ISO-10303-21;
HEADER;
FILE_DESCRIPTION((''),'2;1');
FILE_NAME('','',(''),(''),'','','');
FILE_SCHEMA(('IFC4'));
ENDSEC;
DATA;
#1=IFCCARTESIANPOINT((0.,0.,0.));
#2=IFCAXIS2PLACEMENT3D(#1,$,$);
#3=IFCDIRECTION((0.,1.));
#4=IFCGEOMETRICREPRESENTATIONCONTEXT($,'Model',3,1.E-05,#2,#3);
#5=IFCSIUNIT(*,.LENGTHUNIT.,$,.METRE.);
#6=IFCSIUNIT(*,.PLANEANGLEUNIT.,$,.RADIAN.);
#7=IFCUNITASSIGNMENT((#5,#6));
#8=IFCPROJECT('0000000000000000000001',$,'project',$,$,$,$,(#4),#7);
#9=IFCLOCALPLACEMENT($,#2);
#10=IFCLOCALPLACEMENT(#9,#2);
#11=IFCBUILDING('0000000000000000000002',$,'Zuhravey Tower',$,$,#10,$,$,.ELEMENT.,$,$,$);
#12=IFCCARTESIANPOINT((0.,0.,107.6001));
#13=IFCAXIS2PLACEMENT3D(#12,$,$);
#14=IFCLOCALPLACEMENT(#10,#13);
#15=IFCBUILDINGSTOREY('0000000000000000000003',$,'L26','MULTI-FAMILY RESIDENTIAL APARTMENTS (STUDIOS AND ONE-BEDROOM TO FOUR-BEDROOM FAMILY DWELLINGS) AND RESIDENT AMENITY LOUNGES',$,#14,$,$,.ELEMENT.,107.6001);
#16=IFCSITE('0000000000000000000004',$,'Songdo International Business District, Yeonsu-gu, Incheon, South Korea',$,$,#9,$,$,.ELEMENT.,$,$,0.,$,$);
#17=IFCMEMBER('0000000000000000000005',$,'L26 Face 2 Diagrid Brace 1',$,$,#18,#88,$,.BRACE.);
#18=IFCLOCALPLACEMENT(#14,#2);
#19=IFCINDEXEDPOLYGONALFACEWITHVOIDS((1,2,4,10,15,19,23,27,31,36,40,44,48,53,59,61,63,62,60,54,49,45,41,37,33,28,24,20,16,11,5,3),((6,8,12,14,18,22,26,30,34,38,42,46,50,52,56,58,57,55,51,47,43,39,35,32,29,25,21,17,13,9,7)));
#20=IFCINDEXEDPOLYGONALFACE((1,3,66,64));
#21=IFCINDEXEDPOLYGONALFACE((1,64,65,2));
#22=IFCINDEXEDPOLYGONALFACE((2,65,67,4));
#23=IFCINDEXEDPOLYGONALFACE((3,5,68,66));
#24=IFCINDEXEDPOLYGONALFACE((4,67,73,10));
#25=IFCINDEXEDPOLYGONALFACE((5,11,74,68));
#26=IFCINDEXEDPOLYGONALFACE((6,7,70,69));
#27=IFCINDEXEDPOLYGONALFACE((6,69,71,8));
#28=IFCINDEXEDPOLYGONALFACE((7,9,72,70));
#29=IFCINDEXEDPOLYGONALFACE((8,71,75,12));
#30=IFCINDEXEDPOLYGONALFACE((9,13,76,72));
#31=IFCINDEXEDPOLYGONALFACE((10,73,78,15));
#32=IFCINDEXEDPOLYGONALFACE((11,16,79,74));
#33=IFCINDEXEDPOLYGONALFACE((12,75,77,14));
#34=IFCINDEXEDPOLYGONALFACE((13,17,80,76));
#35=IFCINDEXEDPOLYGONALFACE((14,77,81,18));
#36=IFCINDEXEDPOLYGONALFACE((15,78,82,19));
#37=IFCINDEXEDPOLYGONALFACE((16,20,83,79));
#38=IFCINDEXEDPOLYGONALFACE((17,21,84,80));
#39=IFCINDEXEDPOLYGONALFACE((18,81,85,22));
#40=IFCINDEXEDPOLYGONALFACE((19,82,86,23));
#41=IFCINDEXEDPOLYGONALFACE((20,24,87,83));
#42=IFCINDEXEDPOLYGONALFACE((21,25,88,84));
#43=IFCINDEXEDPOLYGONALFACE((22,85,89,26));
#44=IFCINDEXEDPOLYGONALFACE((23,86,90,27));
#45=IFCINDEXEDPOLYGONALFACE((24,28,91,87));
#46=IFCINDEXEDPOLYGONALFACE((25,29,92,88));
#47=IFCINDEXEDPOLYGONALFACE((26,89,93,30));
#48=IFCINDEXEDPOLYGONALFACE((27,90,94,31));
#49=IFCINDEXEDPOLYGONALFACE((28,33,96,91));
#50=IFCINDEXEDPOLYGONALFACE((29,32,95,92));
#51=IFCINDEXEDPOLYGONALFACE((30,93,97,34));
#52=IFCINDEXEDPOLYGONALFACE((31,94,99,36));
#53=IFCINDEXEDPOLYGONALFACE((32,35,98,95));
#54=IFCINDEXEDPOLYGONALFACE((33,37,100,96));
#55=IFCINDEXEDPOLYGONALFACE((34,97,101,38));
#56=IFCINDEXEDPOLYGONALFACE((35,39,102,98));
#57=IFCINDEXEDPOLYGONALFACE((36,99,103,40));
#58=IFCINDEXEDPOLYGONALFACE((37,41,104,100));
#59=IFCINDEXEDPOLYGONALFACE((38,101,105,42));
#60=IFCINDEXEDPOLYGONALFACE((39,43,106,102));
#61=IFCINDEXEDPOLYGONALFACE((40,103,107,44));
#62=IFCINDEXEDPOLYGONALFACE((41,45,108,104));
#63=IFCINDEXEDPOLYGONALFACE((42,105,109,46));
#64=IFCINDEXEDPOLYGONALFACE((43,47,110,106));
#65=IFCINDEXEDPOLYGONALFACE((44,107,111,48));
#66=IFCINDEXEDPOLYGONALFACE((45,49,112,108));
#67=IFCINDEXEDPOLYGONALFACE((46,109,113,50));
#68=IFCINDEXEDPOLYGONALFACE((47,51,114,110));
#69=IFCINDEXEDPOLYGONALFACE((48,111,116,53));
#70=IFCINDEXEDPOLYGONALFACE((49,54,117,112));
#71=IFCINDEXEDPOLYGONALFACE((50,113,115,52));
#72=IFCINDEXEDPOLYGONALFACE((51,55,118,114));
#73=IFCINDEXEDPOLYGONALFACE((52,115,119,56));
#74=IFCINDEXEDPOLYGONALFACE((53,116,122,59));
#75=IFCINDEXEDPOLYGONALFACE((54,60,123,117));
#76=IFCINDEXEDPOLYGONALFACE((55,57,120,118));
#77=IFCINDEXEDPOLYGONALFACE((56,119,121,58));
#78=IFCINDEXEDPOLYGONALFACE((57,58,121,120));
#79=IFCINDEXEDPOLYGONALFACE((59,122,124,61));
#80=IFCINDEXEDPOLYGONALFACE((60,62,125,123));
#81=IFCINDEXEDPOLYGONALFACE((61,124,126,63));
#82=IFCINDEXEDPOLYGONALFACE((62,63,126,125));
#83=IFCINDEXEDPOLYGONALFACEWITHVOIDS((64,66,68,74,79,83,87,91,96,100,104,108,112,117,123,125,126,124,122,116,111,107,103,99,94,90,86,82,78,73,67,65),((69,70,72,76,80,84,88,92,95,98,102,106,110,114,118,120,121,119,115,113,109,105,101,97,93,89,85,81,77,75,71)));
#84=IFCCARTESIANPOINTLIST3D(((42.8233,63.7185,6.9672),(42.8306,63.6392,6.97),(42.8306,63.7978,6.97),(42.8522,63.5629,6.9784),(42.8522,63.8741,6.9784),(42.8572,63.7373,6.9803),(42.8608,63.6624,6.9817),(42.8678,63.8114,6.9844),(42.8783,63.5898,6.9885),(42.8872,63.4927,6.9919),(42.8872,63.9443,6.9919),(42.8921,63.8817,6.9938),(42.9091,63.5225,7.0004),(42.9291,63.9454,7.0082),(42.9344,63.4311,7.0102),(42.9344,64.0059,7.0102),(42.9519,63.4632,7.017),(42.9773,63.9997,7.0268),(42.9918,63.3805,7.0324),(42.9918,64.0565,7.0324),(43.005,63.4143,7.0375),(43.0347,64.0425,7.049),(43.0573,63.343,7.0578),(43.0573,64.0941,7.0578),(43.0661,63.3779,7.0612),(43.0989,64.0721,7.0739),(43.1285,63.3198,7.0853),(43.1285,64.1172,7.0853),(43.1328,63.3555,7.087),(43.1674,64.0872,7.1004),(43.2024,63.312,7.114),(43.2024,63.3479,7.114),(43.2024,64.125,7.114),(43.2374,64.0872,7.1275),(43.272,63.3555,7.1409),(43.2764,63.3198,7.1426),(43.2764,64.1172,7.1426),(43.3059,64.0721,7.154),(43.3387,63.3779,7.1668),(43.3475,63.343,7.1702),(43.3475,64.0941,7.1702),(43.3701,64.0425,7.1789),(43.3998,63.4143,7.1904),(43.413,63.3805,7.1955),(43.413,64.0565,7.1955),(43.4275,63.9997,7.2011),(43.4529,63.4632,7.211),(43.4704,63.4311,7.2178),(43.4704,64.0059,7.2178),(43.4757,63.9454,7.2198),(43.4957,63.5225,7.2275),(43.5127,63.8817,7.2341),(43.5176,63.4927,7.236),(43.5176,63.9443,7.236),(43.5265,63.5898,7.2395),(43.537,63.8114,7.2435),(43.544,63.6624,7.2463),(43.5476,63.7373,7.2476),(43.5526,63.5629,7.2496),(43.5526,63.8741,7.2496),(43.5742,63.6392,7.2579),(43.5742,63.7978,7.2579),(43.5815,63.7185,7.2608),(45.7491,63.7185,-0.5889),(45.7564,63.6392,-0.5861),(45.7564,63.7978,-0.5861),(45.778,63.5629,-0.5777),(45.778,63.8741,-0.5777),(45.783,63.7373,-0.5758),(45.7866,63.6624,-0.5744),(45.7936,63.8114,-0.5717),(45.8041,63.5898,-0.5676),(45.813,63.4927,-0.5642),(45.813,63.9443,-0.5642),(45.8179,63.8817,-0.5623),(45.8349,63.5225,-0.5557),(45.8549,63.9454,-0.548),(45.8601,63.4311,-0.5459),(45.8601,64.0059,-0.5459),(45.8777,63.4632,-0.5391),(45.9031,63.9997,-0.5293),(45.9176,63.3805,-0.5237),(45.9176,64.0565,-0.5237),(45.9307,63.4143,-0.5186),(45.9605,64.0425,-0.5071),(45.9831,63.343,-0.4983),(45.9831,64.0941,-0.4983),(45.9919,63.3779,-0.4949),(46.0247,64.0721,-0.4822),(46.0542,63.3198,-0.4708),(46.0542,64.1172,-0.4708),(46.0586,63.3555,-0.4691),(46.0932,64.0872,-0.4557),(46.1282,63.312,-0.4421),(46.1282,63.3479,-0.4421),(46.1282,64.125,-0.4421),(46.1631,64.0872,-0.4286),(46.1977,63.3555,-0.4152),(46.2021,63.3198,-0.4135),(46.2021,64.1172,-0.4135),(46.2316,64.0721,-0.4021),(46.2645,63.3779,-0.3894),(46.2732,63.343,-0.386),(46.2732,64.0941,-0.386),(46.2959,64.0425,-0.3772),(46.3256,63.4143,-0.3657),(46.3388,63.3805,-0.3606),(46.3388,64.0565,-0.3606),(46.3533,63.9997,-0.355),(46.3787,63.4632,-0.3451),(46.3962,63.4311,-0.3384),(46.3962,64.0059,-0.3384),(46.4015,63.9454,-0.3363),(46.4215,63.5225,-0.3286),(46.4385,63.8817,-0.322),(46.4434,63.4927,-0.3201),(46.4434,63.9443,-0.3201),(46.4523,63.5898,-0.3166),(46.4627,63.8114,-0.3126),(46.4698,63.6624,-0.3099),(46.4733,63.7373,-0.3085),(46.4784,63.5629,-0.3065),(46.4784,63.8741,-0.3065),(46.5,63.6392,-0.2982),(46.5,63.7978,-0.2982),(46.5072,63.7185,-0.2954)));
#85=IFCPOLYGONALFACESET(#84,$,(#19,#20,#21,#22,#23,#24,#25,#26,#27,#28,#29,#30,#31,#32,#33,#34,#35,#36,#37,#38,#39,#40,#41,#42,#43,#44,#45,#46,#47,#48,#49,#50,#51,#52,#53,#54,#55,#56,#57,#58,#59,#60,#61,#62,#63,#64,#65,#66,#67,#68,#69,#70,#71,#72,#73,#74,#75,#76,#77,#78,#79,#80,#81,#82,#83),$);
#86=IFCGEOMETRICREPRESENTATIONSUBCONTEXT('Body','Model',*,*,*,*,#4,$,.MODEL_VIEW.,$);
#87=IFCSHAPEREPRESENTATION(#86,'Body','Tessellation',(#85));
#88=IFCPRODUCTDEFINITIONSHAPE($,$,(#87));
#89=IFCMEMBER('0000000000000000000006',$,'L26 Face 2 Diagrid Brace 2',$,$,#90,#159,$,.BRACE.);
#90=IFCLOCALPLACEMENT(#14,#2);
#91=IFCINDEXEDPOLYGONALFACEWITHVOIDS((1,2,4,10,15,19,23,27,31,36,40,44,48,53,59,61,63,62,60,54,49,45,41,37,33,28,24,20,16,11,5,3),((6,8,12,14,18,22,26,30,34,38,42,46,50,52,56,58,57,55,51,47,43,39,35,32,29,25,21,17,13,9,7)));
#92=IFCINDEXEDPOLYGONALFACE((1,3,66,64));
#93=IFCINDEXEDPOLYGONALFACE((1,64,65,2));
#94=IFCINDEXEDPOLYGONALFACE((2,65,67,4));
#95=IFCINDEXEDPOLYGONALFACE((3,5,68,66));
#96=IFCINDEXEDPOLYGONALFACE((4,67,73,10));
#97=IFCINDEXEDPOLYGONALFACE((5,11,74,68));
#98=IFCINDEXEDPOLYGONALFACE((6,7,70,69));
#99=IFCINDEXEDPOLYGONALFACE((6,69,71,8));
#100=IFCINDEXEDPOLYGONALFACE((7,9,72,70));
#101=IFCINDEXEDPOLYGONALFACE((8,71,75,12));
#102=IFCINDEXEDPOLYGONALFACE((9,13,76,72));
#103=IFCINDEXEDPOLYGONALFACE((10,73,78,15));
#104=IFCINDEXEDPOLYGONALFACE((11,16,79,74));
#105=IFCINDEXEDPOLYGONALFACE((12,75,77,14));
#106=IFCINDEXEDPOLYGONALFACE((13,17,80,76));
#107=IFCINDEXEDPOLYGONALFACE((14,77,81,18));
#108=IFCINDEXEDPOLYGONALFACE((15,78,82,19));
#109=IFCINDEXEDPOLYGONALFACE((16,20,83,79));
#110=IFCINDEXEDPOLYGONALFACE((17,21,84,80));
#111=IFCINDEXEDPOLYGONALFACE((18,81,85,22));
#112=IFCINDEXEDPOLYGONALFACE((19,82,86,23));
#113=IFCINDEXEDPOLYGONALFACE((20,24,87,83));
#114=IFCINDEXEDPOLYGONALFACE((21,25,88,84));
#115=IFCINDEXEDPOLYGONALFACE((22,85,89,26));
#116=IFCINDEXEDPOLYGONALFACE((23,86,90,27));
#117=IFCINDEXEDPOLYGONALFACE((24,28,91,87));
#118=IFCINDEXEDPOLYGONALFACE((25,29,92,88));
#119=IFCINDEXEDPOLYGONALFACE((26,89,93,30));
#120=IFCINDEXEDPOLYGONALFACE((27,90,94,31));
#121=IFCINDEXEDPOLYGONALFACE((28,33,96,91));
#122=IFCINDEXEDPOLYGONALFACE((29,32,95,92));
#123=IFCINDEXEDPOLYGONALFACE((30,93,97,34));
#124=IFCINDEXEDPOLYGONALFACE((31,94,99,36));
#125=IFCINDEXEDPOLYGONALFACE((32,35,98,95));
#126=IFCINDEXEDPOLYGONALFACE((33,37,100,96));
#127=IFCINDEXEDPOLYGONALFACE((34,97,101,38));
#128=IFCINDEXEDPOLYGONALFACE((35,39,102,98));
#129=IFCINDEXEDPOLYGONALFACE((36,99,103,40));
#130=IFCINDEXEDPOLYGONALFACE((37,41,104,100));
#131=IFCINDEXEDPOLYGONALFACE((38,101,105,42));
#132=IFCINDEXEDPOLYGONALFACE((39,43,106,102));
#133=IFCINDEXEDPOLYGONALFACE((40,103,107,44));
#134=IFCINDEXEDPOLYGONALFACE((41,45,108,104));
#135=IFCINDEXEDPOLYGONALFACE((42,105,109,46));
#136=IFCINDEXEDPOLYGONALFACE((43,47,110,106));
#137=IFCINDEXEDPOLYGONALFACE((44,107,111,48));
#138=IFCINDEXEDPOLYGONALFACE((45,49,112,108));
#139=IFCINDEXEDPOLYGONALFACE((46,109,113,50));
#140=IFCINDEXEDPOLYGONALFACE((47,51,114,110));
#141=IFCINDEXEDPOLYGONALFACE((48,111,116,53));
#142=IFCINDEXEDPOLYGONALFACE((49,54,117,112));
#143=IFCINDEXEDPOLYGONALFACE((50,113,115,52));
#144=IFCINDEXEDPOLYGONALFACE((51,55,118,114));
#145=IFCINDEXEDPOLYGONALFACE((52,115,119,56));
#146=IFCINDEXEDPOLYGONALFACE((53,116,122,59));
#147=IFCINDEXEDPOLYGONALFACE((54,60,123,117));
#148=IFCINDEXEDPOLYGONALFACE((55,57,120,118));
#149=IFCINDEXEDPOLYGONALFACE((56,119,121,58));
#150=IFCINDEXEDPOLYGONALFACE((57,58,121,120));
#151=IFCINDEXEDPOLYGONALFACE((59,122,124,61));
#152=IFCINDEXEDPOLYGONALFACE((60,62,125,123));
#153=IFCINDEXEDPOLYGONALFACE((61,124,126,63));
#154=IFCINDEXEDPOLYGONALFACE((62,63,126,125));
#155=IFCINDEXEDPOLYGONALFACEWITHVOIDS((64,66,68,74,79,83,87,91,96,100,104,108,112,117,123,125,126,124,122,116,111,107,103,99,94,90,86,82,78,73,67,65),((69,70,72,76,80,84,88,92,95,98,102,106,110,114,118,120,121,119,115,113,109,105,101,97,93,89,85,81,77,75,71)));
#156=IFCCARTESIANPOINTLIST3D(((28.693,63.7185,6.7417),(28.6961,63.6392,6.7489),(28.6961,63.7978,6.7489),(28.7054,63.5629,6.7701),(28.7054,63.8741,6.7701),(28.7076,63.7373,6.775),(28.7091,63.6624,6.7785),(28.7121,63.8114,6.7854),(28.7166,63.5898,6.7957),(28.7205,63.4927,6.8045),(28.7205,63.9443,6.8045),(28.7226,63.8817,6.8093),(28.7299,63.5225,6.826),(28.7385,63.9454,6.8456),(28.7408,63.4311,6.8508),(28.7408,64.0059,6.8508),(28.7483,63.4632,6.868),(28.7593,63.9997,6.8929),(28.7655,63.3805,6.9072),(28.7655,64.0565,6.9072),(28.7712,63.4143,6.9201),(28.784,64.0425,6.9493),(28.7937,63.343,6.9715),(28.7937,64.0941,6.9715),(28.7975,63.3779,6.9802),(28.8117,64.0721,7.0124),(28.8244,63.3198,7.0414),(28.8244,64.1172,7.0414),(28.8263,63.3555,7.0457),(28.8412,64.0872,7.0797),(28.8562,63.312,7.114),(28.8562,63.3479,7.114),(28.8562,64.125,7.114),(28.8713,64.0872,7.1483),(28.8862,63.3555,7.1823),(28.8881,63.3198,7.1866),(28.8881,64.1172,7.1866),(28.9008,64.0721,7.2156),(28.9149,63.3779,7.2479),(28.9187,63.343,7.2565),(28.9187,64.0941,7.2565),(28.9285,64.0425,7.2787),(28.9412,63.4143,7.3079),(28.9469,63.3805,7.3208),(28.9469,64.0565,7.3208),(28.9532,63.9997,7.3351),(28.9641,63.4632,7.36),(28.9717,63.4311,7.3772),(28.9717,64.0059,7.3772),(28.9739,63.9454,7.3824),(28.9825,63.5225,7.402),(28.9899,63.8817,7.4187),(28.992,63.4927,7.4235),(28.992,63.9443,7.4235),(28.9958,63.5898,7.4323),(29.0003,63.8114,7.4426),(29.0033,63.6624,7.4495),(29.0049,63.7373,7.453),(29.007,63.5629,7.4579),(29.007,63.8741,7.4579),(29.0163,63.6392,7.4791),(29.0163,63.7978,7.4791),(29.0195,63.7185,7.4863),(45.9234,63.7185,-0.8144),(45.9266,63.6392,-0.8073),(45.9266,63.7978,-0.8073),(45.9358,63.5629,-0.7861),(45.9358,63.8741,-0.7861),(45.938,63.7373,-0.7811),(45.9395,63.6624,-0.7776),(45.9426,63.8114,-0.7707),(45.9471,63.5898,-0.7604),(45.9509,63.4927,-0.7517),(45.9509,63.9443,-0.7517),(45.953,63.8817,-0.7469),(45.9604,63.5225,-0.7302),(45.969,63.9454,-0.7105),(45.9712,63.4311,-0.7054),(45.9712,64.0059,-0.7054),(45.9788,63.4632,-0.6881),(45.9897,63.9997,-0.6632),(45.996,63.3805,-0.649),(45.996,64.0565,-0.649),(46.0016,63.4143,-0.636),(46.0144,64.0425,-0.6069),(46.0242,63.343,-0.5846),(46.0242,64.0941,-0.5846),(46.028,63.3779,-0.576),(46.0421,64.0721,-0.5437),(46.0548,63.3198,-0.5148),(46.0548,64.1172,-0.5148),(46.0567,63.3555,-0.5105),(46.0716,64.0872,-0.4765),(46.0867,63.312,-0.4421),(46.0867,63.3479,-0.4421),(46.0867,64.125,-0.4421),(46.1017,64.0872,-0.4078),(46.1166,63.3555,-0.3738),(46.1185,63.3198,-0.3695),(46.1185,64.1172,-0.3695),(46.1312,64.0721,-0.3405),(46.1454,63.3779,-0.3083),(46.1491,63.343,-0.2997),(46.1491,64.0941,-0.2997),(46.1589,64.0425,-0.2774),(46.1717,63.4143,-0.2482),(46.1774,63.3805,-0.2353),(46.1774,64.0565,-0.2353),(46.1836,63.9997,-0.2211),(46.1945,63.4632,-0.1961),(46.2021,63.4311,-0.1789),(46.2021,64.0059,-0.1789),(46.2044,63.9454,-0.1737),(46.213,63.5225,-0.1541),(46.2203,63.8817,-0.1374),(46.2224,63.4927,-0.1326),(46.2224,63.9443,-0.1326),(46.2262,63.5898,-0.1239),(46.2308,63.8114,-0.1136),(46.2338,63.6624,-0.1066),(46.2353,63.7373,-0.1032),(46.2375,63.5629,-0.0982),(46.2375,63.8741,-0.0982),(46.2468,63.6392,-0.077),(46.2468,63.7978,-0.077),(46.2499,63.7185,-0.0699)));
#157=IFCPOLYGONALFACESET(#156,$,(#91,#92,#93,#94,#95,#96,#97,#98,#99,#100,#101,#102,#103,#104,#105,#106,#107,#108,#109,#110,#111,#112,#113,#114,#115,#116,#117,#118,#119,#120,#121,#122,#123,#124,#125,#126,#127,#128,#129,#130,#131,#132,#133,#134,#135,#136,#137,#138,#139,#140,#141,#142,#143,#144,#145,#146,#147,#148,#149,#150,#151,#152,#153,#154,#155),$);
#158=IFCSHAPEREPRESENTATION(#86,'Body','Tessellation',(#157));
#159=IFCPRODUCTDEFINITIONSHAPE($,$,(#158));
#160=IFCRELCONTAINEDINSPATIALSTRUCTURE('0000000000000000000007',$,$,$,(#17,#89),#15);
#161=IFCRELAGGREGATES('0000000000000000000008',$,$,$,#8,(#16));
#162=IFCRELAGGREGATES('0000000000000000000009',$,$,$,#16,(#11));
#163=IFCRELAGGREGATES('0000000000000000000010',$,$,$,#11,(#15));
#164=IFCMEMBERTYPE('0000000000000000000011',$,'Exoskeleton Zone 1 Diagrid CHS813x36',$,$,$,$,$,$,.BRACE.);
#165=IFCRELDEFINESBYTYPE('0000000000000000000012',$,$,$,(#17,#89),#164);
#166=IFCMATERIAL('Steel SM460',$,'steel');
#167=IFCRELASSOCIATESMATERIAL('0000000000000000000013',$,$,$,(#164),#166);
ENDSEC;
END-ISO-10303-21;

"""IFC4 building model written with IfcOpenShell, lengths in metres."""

from ifc_helpers import new_model, si_unit, direction, frame, origin, origin_2d, place, context, subcontext, project, spatial, hollow_circle, extrude, material, material_profile, profile_set, type_object, element, save


model = new_model("IFC4")

# Units and contexts
model_context = context("Model", 3, precision=1e-05, world=origin(), true_north=direction((0.0, 1.0)))
body_context = subcontext(model_context, "Body", "Model", "MODEL_VIEW")
ifc_project = project(units=[si_unit("LENGTHUNIT", "METRE"), si_unit("PLANEANGLEUNIT", "RADIAN")], contexts=[model_context])

# Site, building, storey
site_placement = place(None, origin())
site = spatial("IfcSite", under=ifc_project, at=site_placement, Name="Songdo International Business District, Yeonsu-gu, Incheon, South Korea", CompositionType="ELEMENT", RefElevation=0.0)
building_placement = place(site_placement, origin())
building = spatial("IfcBuilding", under=site, at=building_placement, Name="Zuhravey Tower", CompositionType="ELEMENT")
storey_placement = place(building_placement, frame((0.0, 0.0, 107.6001)))
storey = spatial("IfcBuildingStorey", under=building, at=storey_placement, Name="L26", Description="MULTI-FAMILY RESIDENTIAL APARTMENTS (STUDIOS AND ONE-BEDROOM TO FOUR-BEDROOM FAMILY DWELLINGS) AND RESIDENT AMENITY LOUNGES", CompositionType="ELEMENT", Elevation=107.6001)

# Members
ifc_material_1 = material(Name="Steel SM460", Category="steel")
ifc_material_profile_1 = material_profile(ifc_material_1, hollow_circle(Radius=0.4065, WallThickness=0.0359, at=origin_2d()), Name="CHS-812.8x36")
ifc_profile_set_1 = profile_set([ifc_material_profile_1], Name="Steel SM460")
member_type_1 = type_object("IfcMemberType", Name="Exoskeleton Zone 1 Diagrid CHS813x36", PredefinedType="BRACE", material=ifc_profile_set_1)
member_1_placement = place(storey_placement, frame((46.1282, 63.7185, -0.4421), z_axis=(-0.361082, 0.0, 0.932534), x_axis=(0.0, -1.0, 0.0)))
element("IfcMember", 1, at=member_1_placement, inside=storey, type_object=member_type_1, Name="L26 Face 2 Diagrid Brace 1", PredefinedType="BRACE", context=body_context, shape_type="SweptSolid", body=[
    extrude(hollow_circle(Radius=0.4065, WallThickness=0.0359, at=origin_2d()), origin(), (0.0, 0.0, 1.0), 8.1028),
])
member_2_placement = place(storey_placement, frame((46.0867, 63.7185, -0.4421), z_axis=(-0.915809, 0.0, 0.401614), x_axis=(0.0, -1.0, 0.0)))
element("IfcMember", 2, at=member_2_placement, inside=storey, type_object=member_type_1, Name="L26 Face 2 Diagrid Brace 2", PredefinedType="BRACE", context=body_context, shape_type="SweptSolid", body=[
    extrude(hollow_circle(Radius=0.4065, WallThickness=0.0359, at=origin_2d()), origin(), (0.0, 0.0, 1.0), 18.8145),
])

save(model, "model.ifc")
